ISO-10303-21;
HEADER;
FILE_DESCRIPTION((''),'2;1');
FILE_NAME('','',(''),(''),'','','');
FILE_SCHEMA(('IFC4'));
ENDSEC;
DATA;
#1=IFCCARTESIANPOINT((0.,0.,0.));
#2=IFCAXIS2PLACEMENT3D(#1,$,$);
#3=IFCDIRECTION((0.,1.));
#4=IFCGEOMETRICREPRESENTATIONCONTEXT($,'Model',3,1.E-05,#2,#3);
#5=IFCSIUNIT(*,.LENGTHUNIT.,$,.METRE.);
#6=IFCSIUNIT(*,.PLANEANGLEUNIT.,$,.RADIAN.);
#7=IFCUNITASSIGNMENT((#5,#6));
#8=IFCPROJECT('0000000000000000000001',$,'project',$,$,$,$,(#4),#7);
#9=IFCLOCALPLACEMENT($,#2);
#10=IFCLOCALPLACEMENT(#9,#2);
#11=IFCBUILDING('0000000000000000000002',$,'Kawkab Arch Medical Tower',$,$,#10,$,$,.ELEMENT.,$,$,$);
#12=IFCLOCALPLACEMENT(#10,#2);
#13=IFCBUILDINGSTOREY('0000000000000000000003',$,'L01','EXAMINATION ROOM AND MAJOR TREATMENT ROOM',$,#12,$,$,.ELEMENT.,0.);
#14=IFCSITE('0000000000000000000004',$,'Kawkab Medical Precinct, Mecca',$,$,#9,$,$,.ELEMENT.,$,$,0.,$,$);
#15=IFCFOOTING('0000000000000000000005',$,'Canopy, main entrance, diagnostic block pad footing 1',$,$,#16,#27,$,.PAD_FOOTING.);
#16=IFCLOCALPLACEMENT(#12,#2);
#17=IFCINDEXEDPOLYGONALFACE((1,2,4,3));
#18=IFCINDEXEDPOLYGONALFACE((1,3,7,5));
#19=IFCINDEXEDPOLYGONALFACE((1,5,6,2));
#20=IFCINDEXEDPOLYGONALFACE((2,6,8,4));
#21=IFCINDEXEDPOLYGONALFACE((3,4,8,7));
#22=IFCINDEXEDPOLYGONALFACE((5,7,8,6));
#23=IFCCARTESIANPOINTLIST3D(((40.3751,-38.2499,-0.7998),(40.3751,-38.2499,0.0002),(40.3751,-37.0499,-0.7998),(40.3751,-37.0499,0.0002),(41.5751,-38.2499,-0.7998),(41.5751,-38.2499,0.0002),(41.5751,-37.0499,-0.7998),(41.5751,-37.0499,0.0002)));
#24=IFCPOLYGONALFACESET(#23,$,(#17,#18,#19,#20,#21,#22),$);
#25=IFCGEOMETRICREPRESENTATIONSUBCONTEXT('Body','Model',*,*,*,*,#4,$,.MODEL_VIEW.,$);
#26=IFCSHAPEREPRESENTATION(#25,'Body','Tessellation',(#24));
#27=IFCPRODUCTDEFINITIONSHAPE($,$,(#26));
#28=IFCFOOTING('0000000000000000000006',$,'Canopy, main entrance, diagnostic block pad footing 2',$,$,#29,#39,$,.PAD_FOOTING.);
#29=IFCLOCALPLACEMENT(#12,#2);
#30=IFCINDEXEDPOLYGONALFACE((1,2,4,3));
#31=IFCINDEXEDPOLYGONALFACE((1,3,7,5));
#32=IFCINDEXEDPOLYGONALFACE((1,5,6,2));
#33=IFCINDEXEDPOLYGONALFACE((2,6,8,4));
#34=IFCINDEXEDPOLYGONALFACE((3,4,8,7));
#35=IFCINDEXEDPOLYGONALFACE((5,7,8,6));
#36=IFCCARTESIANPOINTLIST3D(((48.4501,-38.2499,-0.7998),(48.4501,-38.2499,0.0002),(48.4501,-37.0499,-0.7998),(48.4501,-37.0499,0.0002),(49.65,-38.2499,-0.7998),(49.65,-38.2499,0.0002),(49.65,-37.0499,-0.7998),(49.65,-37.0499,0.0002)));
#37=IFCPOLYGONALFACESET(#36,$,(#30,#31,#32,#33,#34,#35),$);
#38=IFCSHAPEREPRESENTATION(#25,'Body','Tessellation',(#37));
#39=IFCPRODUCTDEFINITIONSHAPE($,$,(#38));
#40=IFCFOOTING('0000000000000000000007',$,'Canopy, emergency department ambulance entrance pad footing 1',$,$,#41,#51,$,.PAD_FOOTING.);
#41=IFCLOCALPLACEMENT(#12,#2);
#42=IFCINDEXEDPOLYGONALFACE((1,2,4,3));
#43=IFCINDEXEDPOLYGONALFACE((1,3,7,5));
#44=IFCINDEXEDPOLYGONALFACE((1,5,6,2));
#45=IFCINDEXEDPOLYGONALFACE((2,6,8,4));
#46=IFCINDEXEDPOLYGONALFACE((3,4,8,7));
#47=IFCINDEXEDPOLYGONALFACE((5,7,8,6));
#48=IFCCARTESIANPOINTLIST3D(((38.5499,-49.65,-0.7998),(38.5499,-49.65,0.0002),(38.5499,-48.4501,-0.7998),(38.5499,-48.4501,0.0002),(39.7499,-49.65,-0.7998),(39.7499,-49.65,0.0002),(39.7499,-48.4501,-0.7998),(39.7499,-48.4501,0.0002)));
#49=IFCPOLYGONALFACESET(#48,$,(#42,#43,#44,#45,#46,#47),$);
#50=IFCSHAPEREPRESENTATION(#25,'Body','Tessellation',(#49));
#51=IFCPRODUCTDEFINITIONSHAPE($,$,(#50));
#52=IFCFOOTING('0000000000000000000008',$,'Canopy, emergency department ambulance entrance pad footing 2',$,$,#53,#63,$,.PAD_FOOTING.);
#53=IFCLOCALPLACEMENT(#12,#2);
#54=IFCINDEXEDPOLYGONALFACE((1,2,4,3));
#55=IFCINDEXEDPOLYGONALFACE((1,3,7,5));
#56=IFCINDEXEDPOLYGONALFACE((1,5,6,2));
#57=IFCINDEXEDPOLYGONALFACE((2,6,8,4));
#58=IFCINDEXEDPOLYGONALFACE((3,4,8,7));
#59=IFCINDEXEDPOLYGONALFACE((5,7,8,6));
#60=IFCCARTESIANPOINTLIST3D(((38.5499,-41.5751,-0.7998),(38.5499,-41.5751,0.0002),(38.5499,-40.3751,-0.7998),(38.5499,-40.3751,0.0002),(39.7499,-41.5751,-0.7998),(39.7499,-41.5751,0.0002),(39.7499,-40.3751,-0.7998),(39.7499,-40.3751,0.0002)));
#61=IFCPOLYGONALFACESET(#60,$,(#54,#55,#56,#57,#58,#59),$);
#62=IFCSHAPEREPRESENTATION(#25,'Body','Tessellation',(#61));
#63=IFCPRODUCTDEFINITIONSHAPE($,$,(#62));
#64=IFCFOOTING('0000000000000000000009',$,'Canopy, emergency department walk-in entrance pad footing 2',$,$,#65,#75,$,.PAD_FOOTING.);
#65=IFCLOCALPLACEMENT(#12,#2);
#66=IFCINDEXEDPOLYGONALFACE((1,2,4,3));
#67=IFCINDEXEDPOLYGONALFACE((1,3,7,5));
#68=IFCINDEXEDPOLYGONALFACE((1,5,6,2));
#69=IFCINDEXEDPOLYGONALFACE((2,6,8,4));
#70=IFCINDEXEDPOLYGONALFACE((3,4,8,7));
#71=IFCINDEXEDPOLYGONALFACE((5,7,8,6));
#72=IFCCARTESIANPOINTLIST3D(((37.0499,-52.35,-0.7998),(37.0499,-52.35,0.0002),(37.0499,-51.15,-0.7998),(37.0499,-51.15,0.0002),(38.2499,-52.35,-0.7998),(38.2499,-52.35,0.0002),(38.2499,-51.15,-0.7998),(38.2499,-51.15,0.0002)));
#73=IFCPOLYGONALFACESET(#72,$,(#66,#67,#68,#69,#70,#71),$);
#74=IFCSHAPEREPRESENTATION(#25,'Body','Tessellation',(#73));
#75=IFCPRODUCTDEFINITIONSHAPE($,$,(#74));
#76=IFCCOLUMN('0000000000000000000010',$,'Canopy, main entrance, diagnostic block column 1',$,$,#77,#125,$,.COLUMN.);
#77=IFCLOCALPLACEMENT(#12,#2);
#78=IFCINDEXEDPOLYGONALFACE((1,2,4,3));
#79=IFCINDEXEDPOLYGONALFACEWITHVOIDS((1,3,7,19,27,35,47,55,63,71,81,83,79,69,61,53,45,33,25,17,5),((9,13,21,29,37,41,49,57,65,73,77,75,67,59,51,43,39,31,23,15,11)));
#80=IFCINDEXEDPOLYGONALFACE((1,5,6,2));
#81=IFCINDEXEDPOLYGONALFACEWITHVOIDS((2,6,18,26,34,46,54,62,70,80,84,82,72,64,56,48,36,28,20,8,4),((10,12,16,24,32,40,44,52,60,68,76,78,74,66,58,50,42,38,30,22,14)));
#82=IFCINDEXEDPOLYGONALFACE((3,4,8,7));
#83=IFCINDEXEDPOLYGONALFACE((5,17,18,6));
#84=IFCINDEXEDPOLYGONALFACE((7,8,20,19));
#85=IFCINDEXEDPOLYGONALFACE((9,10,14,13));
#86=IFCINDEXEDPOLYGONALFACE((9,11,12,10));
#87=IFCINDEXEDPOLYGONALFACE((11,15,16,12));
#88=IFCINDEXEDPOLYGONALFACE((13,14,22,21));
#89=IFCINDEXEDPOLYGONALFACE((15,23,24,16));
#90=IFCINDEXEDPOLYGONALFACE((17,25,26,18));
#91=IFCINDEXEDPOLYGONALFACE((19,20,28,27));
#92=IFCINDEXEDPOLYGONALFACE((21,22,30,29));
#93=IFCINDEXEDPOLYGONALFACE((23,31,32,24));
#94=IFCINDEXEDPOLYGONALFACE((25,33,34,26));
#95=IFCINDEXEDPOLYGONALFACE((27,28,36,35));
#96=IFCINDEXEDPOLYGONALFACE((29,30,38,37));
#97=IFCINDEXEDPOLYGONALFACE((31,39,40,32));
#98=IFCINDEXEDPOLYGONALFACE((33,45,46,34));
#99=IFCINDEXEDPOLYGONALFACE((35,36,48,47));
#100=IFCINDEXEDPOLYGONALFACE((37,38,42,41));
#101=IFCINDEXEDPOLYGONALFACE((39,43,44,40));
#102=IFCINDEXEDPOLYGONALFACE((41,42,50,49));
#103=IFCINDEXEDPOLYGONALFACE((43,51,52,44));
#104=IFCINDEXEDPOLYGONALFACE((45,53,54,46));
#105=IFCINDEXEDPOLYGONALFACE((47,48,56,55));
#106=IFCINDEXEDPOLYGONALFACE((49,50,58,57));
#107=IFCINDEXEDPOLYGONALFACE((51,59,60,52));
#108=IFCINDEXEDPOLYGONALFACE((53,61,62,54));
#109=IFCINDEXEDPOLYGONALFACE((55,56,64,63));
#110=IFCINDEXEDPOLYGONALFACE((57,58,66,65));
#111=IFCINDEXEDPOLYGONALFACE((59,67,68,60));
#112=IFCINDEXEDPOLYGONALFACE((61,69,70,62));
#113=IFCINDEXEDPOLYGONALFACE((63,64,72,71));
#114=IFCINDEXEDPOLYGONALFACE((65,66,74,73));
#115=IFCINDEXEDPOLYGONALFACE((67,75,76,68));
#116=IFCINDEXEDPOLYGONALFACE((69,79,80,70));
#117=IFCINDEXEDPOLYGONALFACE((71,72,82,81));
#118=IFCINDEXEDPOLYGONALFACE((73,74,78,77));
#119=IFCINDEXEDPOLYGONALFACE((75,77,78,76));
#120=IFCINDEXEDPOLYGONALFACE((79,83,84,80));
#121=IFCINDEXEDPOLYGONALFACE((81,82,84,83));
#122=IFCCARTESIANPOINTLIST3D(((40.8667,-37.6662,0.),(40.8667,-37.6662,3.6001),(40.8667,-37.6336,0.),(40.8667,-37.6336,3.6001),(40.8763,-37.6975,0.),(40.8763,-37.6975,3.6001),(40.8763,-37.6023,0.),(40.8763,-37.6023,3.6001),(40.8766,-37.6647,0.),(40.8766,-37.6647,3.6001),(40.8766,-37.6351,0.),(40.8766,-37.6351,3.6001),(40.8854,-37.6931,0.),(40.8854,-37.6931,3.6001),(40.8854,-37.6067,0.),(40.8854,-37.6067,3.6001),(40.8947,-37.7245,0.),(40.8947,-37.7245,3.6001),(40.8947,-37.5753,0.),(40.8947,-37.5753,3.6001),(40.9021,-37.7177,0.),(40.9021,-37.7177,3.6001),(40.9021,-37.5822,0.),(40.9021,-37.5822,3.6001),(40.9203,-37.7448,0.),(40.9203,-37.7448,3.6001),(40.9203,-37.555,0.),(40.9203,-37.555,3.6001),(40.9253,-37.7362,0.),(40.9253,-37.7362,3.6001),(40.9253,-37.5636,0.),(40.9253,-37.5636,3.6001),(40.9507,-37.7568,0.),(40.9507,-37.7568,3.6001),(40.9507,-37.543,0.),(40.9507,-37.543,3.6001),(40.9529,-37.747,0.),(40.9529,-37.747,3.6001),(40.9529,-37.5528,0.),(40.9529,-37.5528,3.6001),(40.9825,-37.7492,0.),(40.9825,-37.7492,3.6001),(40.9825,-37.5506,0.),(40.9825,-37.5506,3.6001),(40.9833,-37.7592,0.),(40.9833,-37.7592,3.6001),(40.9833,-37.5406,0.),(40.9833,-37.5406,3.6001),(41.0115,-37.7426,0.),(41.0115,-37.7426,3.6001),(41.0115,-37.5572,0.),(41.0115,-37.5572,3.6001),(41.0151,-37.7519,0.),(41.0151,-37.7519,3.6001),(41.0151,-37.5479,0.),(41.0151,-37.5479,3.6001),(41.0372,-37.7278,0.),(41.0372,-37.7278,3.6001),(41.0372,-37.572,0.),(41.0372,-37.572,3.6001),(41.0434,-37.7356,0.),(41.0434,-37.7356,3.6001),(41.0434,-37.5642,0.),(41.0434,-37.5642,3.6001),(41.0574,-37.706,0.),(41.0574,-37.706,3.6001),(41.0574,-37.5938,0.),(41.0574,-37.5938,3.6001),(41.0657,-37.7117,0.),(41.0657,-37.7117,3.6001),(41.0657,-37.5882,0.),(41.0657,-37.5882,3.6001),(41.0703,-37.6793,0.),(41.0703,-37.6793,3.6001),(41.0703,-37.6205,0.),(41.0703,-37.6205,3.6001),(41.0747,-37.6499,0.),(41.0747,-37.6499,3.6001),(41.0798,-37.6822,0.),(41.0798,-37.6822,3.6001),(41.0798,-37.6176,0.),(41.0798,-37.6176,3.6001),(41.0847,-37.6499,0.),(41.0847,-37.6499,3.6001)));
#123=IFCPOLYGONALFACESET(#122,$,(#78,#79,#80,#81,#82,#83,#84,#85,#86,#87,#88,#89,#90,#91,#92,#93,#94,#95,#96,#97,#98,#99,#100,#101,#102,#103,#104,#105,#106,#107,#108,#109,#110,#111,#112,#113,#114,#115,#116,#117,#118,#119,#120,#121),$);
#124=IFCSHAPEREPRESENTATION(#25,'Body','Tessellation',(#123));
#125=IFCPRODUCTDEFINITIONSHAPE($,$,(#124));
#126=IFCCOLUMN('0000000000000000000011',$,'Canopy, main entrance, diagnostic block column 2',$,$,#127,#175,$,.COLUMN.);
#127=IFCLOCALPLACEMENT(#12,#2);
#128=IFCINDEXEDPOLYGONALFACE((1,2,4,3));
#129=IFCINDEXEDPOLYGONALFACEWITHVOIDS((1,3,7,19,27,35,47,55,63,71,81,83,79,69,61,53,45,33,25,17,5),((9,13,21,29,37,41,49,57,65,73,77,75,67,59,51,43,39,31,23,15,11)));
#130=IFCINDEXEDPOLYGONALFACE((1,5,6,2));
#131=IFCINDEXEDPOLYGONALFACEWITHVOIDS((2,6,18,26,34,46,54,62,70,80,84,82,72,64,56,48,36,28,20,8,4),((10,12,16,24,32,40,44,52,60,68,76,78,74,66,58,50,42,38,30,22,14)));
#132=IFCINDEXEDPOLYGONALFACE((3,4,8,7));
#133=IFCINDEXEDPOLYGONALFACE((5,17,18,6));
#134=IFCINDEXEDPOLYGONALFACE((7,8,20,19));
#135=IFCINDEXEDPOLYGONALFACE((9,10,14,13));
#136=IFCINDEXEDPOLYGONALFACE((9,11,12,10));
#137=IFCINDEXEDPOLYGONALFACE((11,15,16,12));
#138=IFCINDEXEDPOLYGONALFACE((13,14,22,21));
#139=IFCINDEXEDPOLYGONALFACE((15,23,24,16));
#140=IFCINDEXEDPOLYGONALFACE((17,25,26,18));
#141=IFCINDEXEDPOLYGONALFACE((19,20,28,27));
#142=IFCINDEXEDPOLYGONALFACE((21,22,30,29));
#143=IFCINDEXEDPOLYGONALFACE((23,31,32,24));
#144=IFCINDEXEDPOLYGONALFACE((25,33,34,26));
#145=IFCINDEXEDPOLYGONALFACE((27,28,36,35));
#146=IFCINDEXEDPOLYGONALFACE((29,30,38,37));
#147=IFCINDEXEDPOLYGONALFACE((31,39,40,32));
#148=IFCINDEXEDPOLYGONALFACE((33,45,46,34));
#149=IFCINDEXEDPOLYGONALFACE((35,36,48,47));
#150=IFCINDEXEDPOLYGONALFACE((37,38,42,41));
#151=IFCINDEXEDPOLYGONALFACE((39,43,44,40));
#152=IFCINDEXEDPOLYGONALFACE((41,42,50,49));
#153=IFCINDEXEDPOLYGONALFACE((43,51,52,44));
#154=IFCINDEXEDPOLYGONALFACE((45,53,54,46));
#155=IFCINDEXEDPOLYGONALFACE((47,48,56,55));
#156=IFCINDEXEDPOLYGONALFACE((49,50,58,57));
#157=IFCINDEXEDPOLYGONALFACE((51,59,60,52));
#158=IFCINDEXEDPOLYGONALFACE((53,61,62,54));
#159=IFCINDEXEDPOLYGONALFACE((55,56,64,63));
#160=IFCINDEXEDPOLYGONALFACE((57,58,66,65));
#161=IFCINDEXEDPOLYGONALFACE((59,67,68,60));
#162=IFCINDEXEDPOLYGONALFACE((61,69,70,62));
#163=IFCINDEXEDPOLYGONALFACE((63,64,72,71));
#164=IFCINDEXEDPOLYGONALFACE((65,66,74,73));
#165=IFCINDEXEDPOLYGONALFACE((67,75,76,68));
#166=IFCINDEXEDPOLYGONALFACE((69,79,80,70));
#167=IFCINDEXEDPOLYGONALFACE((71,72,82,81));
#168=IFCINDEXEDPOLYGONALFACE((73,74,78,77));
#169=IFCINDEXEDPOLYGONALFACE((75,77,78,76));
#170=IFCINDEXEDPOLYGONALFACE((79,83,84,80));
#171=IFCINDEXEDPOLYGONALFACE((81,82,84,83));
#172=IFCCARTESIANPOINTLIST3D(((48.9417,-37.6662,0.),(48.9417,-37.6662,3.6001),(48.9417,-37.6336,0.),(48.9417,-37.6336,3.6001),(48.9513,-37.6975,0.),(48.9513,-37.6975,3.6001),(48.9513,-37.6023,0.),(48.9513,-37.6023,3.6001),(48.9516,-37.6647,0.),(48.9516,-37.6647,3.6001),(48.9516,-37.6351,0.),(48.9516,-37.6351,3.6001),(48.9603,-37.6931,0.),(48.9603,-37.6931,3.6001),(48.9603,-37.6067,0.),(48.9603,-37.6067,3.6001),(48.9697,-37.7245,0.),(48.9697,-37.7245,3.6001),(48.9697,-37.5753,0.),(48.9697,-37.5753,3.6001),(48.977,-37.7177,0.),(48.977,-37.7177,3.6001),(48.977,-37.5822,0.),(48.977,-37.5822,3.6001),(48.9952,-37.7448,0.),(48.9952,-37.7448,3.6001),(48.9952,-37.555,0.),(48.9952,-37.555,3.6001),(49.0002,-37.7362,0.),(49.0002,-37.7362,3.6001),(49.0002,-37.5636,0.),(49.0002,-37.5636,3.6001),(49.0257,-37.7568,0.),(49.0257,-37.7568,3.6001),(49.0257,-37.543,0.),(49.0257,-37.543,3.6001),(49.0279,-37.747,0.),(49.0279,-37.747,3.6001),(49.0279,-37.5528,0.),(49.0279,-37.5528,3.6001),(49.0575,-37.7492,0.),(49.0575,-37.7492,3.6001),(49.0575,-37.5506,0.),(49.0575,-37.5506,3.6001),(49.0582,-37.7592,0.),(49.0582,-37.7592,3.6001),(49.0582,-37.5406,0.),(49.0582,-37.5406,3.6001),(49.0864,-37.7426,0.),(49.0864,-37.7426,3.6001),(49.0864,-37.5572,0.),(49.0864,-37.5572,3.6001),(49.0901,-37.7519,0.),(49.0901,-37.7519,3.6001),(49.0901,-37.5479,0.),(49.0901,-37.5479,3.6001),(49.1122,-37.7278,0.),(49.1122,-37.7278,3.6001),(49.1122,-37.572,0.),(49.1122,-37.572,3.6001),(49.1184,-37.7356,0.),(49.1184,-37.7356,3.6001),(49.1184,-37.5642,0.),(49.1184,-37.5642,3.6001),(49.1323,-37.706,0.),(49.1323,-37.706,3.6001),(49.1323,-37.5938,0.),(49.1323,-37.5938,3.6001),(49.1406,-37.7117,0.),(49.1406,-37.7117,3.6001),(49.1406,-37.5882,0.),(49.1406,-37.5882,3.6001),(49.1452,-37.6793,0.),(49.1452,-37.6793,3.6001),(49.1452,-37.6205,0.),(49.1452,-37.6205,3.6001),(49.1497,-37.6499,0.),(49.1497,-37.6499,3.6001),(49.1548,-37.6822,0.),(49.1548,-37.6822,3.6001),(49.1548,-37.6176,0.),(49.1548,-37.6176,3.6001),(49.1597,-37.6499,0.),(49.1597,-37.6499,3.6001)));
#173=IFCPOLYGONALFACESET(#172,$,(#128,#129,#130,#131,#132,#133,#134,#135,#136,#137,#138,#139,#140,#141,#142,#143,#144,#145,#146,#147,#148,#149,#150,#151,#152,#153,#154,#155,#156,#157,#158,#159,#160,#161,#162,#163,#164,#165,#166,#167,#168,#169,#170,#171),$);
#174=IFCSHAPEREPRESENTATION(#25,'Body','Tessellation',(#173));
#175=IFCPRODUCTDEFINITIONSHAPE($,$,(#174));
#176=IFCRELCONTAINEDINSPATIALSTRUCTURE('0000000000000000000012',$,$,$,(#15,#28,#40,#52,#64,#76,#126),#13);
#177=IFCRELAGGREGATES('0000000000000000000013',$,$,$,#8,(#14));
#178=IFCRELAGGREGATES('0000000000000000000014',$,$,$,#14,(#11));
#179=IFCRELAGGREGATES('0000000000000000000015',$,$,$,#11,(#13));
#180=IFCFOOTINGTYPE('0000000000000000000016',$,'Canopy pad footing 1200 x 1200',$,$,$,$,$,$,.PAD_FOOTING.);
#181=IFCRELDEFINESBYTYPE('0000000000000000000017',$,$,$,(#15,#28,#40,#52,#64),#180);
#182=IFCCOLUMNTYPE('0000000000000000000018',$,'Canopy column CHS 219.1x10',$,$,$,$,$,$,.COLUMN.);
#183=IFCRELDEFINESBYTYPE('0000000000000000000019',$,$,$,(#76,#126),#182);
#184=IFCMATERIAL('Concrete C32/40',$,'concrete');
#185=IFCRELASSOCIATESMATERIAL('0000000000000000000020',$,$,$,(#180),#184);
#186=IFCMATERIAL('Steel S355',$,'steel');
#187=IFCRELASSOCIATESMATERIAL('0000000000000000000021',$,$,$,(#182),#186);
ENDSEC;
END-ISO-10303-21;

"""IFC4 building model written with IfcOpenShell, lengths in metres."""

from ifc_helpers import new_model, si_unit, direction, frame, origin, origin_2d, place, context, subcontext, project, spatial, rectangle, hollow_circle, extrude, material, material_profile, profile_set, type_object, element, save


model = new_model("IFC4")

# Units and contexts
model_context = context("Model", 3, precision=1e-05, world=origin(), true_north=direction((0.0, 1.0)))
body_context = subcontext(model_context, "Body", "Model", "MODEL_VIEW")
ifc_project = project(units=[si_unit("LENGTHUNIT", "METRE"), si_unit("PLANEANGLEUNIT", "RADIAN")], contexts=[model_context])

# Site, building, storey
site_placement = place(None, origin())
site = spatial("IfcSite", under=ifc_project, at=site_placement, Name="Kawkab Medical Precinct, Mecca", CompositionType="ELEMENT", RefElevation=0.0)
building_placement = place(site_placement, origin())
building = spatial("IfcBuilding", under=site, at=building_placement, Name="Kawkab Arch Medical Tower", CompositionType="ELEMENT")
storey_placement = place(building_placement, origin())
storey = spatial("IfcBuildingStorey", under=building, at=storey_placement, Name="L01", Description="EXAMINATION ROOM AND MAJOR TREATMENT ROOM", CompositionType="ELEMENT", Elevation=0.0)

# Footings
ifc_material_1 = material(Name="Concrete C32/40", Category="concrete")
footing_type = type_object("IfcFootingType", Name="Canopy pad footing 1200 x 1200", PredefinedType="PAD_FOOTING", material=ifc_material_1)
for number, where, z_axis, x_axis, name in (
    (1, (40.9751, -37.6499, -0.7998), (0.0, 0.0, 1.0), (1.0, 0.0, 0.0), "Canopy, main entrance, diagnostic block pad footing 1"),
    (2, (49.05, -37.6499, -0.7998), (0.0, 0.0, 1.0), (1.0, 0.0, 0.0), "Canopy, main entrance, diagnostic block pad footing 2"),
    (3, (39.1499, -49.05, -0.7998), (0.0, 0.0, 1.0), (1.0, 0.0, 0.0), "Canopy, emergency department ambulance entrance pad footing 1"),
    (4, (39.1499, -40.9751, -0.7998), (0.0, 0.0, 1.0), (1.0, 0.0, 0.0), "Canopy, emergency department ambulance entrance pad footing 2"),
    (5, (37.6499, -51.75, -0.7998), (0.0, 0.0, 1.0), (1.0, 0.0, 0.0), "Canopy, emergency department walk-in entrance pad footing 2"),
):
    element("IfcFooting", number, at=place(storey_placement, frame(where, z_axis=z_axis, x_axis=x_axis)), inside=storey, type_object=footing_type, Name=name, PredefinedType="PAD_FOOTING", context=body_context, shape_type="SweptSolid", body=[
        extrude(rectangle(XDim=1.2, YDim=1.2, at=origin_2d()), origin(), (0.0, 0.0, 1.0), 0.8),
    ])

# Columns
ifc_material_2 = material(Name="Steel S355", Category="steel")
ifc_material_profile_1 = material_profile(ifc_material_2, hollow_circle(Radius=0.1096, WallThickness=0.01, at=origin_2d()), Name="CHS 219.1x10")
ifc_profile_set_1 = profile_set([ifc_material_profile_1], Name="Steel S355")
column_type_1 = type_object("IfcColumnType", Name="Canopy column CHS 219.1x10", PredefinedType="COLUMN", material=ifc_profile_set_1)
for number, where, z_axis, x_axis, name in (
    (6, (40.9751, -37.6499, 0.0), (0.0, 0.0, 1.0), (1.0, 0.0, 0.0), "Canopy, main entrance, diagnostic block column 1"),
    (7, (49.05, -37.6499, 0.0), (0.0, 0.0, 1.0), (1.0, 0.0, 0.0), "Canopy, main entrance, diagnostic block column 2"),
):
    element("IfcColumn", number, at=place(storey_placement, frame(where, z_axis=z_axis, x_axis=x_axis)), inside=storey, type_object=column_type_1, Name=name, PredefinedType="COLUMN", context=body_context, shape_type="SweptSolid", body=[
        extrude(hollow_circle(Radius=0.1096, WallThickness=0.01, at=origin_2d()), origin(), (0.0, 0.0, 1.0), 3.6001),
    ])

save(model, "model.ifc")
